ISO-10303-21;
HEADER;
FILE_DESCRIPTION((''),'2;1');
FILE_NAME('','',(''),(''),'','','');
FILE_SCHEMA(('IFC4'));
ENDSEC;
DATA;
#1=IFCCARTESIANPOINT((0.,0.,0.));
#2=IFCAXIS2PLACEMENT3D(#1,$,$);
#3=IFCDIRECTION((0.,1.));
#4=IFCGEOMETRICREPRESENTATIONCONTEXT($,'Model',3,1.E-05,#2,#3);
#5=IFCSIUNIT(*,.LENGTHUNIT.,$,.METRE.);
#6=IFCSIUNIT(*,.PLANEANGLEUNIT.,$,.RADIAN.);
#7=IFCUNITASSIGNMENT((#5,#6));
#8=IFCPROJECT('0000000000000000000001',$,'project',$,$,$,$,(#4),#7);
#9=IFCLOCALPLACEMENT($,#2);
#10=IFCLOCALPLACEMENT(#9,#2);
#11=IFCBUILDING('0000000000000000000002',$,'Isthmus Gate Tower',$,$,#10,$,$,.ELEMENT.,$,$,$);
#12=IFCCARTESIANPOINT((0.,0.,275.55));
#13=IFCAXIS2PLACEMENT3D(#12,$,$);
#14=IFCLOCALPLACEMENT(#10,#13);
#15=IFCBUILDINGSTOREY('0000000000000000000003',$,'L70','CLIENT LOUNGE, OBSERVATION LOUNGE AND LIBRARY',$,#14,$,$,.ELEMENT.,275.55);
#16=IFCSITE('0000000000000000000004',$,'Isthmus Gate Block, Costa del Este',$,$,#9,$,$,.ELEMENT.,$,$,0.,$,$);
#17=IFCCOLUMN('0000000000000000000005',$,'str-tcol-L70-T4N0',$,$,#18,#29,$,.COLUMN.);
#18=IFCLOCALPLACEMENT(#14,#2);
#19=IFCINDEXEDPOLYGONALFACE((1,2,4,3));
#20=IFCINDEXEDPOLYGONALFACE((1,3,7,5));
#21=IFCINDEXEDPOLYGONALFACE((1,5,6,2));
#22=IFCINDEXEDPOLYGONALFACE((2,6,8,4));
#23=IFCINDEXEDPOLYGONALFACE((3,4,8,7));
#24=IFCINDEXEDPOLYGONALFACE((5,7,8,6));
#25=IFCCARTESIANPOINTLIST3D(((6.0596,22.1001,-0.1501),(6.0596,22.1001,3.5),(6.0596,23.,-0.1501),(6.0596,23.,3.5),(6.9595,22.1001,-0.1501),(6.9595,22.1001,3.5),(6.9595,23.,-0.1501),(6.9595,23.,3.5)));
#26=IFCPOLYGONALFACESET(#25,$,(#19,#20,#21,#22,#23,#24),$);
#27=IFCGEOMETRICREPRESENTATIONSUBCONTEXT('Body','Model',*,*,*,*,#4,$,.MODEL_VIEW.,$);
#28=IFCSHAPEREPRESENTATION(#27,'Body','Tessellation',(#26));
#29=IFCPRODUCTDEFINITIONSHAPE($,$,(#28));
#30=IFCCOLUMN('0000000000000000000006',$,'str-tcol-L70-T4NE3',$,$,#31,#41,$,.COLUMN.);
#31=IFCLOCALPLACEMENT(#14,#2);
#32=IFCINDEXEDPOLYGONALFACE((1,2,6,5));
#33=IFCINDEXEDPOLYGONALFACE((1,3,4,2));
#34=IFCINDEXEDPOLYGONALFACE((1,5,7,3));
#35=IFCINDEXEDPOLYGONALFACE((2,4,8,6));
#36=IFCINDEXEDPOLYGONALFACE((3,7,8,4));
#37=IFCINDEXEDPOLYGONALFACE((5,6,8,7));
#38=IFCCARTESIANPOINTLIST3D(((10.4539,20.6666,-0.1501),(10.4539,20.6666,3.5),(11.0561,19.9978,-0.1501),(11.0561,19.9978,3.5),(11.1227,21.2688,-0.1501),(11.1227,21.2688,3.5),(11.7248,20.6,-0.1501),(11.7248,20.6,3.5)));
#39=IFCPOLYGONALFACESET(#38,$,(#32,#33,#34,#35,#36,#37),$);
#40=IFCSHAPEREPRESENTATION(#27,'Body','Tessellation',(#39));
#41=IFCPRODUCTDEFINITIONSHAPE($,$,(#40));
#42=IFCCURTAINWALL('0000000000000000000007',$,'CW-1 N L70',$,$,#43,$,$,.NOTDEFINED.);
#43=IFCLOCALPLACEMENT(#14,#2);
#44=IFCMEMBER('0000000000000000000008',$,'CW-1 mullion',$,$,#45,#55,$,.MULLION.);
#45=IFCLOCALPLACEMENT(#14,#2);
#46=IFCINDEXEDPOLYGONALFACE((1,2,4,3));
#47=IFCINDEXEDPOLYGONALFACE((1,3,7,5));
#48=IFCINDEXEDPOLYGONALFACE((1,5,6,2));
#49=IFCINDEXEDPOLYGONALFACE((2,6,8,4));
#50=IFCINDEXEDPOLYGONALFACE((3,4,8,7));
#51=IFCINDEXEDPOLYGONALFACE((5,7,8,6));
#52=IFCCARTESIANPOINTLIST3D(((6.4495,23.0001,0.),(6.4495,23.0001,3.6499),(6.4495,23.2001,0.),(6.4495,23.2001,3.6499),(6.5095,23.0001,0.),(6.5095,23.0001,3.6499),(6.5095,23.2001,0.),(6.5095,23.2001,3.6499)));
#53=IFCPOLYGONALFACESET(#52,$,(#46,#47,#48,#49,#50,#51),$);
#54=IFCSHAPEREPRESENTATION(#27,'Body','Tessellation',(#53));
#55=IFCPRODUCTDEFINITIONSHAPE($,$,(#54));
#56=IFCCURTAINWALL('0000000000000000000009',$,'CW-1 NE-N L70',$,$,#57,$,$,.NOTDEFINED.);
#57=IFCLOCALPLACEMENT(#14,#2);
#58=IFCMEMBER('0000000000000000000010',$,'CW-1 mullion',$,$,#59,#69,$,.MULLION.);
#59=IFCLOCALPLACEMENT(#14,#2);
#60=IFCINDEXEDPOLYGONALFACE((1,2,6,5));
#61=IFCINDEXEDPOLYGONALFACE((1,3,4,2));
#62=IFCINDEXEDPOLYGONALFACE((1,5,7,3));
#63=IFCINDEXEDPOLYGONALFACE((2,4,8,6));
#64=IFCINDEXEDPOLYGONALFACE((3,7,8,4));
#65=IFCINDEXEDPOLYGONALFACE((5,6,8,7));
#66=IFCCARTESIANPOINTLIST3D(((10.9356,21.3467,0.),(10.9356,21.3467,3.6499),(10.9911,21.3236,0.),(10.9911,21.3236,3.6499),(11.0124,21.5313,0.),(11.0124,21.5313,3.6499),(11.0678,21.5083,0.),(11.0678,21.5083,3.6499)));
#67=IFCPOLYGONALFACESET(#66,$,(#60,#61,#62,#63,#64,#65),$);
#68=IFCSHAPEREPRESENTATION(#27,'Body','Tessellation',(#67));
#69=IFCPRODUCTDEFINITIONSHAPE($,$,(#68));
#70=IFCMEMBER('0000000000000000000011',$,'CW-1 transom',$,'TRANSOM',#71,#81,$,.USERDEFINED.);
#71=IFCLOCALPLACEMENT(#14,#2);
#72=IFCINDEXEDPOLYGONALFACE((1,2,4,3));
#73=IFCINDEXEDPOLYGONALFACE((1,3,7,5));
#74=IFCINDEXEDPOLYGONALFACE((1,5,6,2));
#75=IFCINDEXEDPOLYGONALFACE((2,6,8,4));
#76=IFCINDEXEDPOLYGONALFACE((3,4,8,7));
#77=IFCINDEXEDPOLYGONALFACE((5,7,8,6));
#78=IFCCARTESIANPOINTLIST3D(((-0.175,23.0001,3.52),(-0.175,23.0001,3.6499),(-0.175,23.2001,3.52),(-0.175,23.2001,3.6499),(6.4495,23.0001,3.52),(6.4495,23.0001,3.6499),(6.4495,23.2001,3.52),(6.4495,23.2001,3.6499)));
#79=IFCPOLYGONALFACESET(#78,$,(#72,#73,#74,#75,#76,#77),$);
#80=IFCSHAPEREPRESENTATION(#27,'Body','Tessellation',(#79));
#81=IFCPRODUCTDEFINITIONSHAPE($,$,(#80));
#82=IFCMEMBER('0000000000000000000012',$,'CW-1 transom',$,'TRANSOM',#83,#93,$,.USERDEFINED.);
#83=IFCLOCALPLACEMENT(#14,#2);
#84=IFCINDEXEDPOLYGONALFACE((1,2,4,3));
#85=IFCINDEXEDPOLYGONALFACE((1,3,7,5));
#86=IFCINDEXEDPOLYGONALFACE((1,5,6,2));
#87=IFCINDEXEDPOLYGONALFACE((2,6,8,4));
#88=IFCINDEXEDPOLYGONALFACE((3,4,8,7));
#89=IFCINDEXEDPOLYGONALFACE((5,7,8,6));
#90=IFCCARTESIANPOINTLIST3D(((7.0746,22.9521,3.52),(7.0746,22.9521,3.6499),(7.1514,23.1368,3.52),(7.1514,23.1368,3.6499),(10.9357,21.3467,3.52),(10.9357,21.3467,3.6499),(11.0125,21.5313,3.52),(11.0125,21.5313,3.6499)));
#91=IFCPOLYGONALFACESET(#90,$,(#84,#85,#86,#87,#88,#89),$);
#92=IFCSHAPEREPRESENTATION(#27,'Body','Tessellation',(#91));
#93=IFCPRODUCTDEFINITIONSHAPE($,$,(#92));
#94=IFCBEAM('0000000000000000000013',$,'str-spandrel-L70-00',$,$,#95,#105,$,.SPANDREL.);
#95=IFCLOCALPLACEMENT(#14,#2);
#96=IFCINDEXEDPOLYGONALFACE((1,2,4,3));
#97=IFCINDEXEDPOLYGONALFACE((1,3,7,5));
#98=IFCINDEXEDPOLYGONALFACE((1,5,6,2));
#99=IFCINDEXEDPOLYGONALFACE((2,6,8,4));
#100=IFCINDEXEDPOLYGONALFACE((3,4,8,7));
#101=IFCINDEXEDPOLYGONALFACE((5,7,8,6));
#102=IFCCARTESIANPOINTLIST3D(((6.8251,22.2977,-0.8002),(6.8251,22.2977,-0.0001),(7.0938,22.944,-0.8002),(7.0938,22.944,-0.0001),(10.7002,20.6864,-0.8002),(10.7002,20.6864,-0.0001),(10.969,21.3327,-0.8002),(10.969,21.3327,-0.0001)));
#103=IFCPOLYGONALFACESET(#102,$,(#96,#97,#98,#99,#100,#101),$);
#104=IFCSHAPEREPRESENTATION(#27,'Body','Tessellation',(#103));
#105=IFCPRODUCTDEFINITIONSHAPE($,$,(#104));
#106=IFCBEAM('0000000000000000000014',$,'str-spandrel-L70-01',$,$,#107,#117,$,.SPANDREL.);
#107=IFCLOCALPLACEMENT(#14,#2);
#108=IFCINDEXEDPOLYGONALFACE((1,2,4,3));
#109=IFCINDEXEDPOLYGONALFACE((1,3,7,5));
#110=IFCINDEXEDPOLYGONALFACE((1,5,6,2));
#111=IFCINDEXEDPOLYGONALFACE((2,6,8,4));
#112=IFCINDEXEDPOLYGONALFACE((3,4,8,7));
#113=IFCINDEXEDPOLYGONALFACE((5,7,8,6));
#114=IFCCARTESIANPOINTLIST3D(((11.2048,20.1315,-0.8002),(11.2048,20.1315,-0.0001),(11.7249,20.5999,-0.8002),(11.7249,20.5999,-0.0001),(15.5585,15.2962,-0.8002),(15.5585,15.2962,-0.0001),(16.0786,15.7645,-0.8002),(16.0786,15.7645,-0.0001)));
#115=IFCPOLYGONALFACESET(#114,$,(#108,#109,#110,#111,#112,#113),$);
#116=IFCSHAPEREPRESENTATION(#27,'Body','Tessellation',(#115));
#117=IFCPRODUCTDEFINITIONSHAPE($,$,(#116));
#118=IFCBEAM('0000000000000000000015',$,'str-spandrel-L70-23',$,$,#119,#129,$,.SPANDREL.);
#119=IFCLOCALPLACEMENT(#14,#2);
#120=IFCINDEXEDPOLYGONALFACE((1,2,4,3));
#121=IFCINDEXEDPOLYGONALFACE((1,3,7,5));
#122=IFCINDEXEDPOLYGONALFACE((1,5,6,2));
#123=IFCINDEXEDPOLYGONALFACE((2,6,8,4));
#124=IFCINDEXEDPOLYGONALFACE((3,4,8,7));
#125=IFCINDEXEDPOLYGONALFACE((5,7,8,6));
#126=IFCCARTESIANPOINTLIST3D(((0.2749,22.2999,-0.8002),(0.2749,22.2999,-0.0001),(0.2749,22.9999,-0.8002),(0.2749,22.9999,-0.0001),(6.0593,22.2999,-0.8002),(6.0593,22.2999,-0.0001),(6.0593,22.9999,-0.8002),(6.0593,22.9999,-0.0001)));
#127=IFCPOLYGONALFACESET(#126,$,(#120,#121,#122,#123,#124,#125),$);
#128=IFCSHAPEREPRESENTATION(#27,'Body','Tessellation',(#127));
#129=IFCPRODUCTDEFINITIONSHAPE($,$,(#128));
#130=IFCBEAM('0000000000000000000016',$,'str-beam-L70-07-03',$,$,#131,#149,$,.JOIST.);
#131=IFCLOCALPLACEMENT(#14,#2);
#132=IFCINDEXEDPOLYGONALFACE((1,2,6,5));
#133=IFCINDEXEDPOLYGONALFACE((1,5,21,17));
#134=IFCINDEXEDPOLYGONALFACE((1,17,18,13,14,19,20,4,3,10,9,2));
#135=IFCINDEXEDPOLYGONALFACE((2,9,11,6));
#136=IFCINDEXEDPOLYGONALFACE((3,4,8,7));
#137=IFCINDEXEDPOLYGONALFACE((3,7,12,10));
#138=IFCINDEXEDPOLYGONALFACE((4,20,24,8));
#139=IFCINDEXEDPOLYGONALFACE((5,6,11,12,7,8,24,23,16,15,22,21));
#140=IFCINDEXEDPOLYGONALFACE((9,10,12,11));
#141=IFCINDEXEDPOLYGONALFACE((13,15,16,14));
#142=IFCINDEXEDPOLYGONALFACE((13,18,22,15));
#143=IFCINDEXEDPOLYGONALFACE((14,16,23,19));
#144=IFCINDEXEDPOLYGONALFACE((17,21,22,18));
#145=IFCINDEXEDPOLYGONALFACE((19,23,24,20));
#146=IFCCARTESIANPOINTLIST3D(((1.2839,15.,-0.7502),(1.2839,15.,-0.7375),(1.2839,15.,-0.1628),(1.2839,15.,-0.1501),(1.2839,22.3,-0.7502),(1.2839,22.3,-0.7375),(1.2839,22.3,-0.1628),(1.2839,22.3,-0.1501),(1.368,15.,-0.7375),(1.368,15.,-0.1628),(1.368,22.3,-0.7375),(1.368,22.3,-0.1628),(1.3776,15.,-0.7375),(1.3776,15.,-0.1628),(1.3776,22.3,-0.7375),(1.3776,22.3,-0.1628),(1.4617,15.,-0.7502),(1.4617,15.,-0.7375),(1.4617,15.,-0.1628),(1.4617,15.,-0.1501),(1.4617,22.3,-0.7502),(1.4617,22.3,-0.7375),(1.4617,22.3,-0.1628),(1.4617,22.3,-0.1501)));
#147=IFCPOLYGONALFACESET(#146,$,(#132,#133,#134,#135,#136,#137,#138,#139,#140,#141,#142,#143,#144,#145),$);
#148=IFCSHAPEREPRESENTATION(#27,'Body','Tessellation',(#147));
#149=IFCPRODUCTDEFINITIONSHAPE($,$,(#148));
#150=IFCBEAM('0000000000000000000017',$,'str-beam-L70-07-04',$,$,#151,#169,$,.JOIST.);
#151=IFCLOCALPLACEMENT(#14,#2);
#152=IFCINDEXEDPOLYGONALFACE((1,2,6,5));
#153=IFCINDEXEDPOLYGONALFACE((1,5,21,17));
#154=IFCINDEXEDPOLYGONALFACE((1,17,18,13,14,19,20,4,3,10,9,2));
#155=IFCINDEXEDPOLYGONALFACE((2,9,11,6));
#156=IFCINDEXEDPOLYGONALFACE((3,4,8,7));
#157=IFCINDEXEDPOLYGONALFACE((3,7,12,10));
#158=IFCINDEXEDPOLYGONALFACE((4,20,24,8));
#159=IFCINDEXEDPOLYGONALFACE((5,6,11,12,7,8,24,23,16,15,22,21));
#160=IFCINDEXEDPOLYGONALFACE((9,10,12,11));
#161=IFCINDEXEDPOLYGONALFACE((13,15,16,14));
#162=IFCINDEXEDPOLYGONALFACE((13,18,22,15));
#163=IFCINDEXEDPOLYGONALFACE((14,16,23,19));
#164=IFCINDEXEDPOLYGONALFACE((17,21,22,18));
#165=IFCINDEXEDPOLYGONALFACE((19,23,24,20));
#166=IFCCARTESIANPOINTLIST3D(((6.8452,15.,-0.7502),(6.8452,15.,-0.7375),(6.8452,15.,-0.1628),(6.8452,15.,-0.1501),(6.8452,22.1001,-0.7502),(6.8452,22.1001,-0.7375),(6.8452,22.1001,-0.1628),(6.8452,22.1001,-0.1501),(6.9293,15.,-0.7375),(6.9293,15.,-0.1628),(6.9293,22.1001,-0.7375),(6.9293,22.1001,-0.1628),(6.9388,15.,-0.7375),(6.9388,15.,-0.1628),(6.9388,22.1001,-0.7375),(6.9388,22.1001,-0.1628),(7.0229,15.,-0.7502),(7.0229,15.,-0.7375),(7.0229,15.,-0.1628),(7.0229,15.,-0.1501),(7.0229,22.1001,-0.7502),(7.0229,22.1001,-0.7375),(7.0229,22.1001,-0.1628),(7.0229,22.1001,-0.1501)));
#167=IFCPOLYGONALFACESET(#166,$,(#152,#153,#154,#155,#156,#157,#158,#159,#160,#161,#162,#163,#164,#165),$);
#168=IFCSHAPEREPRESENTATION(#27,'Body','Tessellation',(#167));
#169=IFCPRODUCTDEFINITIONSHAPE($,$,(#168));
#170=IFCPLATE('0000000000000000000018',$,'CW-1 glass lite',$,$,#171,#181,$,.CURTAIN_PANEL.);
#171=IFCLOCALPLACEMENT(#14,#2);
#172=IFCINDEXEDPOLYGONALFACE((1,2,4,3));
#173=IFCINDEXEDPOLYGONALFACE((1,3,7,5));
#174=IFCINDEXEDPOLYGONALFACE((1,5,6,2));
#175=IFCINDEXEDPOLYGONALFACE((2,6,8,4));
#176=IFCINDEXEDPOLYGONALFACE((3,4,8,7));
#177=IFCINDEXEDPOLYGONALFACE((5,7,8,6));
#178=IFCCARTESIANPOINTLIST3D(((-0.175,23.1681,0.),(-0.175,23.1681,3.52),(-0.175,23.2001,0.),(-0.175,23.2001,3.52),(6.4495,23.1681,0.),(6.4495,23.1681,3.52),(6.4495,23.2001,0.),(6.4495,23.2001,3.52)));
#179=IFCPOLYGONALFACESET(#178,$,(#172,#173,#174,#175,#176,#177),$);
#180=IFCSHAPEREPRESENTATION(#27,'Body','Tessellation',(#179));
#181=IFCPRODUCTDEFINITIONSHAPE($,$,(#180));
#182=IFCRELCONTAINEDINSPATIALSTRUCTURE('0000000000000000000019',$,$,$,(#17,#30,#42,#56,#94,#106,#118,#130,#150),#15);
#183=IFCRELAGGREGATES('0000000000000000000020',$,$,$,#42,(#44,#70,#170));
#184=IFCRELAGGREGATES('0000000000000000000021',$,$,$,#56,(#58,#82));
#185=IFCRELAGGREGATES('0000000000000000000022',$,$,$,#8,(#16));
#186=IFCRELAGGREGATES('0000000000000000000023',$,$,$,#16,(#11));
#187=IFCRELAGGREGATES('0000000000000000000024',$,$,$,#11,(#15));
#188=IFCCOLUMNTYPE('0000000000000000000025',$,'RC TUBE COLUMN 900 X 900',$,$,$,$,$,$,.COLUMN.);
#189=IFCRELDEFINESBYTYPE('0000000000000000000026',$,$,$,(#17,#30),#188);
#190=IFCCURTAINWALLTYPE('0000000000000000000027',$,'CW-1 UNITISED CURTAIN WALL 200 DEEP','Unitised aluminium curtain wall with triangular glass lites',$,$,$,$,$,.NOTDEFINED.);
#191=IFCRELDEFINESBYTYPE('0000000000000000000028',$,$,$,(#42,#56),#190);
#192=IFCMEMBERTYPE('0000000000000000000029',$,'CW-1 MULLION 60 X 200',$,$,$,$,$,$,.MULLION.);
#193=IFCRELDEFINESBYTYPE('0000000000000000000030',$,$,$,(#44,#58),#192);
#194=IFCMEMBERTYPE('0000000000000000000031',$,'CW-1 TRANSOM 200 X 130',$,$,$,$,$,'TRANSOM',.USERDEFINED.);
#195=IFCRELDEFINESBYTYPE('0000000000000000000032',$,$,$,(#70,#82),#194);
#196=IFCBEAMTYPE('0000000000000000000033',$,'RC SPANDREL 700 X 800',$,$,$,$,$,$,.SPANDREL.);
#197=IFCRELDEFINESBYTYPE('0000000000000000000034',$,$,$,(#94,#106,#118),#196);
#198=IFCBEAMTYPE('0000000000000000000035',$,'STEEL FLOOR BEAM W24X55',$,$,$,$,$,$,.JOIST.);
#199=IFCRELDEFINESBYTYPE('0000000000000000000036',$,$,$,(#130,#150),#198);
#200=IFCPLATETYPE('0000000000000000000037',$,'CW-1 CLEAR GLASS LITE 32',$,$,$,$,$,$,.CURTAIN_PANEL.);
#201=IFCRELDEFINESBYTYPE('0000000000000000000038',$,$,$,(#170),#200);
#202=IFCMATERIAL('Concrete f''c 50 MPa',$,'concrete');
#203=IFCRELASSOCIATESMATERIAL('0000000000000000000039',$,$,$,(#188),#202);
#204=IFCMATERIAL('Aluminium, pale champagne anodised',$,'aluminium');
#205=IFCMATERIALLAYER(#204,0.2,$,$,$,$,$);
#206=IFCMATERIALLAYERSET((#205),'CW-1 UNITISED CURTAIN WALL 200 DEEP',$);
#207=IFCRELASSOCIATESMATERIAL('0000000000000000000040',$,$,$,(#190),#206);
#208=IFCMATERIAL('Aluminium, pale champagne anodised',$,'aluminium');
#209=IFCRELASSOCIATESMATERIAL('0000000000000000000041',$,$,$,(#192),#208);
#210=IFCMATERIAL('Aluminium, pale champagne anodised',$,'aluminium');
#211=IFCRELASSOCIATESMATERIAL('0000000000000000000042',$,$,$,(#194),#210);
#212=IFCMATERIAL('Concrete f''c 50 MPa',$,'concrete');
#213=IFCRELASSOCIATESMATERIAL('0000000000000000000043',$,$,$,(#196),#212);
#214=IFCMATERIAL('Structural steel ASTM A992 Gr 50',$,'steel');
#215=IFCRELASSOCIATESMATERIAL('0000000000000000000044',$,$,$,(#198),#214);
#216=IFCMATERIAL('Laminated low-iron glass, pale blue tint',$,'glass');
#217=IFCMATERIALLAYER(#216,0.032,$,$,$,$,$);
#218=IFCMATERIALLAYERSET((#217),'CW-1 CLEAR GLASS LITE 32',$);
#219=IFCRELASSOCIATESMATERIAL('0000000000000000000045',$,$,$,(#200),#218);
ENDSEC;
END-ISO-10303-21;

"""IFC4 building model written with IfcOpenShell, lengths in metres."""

from ifc_helpers import new_model, si_unit, direction, frame, origin, origin_2d, place, context, subcontext, project, spatial, rectangle, i_section, extrude, material, layer, layer_set, material_profile, profile_set, type_object, element, aggregate, save


model = new_model("IFC4")

# Units and contexts
model_context = context("Model", 3, precision=1e-05, world=origin(), true_north=direction((0.0, 1.0)))
body_context = subcontext(model_context, "Body", "Model", "MODEL_VIEW")
ifc_project = project(units=[si_unit("LENGTHUNIT", "METRE"), si_unit("PLANEANGLEUNIT", "RADIAN")], contexts=[model_context])

# Site, building, storey
site_placement = place(None, origin())
site = spatial("IfcSite", under=ifc_project, at=site_placement, Name="Isthmus Gate Block, Costa del Este", CompositionType="ELEMENT", RefElevation=0.0)
building_placement = place(site_placement, origin())
building = spatial("IfcBuilding", under=site, at=building_placement, Name="Isthmus Gate Tower", CompositionType="ELEMENT")
storey_placement = place(building_placement, frame((0.0, 0.0, 275.55)))
storey = spatial("IfcBuildingStorey", under=building, at=storey_placement, Name="L70", Description="CLIENT LOUNGE, OBSERVATION LOUNGE AND LIBRARY", CompositionType="ELEMENT", Elevation=275.55)

# Columns
ifc_material_1 = material(Name="Concrete f'c 50 MPa", Category="concrete")
ifc_material_profile_1 = material_profile(ifc_material_1, rectangle(XDim=0.8999, YDim=0.8999, at=origin_2d()), Name="RC 900X900")
ifc_profile_set_1 = profile_set([ifc_material_profile_1], Name="Concrete f'c 50 MPa")
column_type = type_object("IfcColumnType", Name="RC TUBE COLUMN 900 X 900", PredefinedType="COLUMN", material=ifc_profile_set_1)
for number, where, z_axis, x_axis, name in (
    (1, (6.5095, 22.55, -0.1501), (0.0, 0.0, 1.0), (-1.0, 0.0, 0.0), "str-tcol-L70-T4N0"),
    (2, (11.0894, 20.6333, -0.1501), (0.0, 0.0, 1.0), (-0.669131, 0.743145, 0.0), "str-tcol-L70-T4NE3"),
):
    element("IfcColumn", number, at=place(storey_placement, frame(where, z_axis=z_axis, x_axis=x_axis)), inside=storey, type_object=column_type, Name=name, PredefinedType="COLUMN", context=body_context, shape_type="SweptSolid", body=[
        extrude(rectangle(XDim=0.8999, YDim=0.8999, at=origin_2d()), origin(), (0.0, 0.0, 1.0), 3.6501),
    ])

# Curtain walls, members
ifc_material_2 = material(Name="Aluminium, pale champagne anodised", Category="aluminium")
ifc_layer_1 = layer(ifc_material_2, 0.2)
ifc_layer_set_1 = layer_set([ifc_layer_1], Name="CW-1 UNITISED CURTAIN WALL 200 DEEP")
curtain_wall_type = type_object("IfcCurtainWallType", Name="CW-1 UNITISED CURTAIN WALL 200 DEEP", Description="Unitised aluminium curtain wall with triangular glass lites", PredefinedType="NOTDEFINED", material=ifc_layer_set_1)
curtain_wall_1_placement = place(storey_placement, origin())
curtain_wall_1 = element("IfcCurtainWall", 3, at=curtain_wall_1_placement, inside=storey, type_object=curtain_wall_type, Name="CW-1 N L70", PredefinedType="NOTDEFINED")
ifc_material_3 = material(Name="Aluminium, pale champagne anodised", Category="aluminium")
ifc_material_profile_2 = material_profile(ifc_material_3, rectangle(XDim=0.0601, YDim=0.2, at=origin_2d()), Name="60x200")
ifc_profile_set_2 = profile_set([ifc_material_profile_2], Name="Aluminium, pale champagne anodised")
member_type_1 = type_object("IfcMemberType", Name="CW-1 MULLION 60 X 200", PredefinedType="MULLION", material=ifc_profile_set_2)
member_1_placement = place(storey_placement, frame((6.4795, 23.1001, 0.0), z_axis=(0.0, 0.0, 1.0), x_axis=(-1.0, 0.0, 0.0)))
member_1 = element("IfcMember", 4, at=member_1_placement, type_object=member_type_1, Name="CW-1 mullion", PredefinedType="MULLION", context=body_context, shape_type="SweptSolid", body=[
    extrude(rectangle(XDim=0.0601, YDim=0.2, at=origin_2d()), origin(), (0.0, 0.0, 1.0), 3.6499),
])
curtain_wall_2_placement = place(storey_placement, origin())
curtain_wall_2 = element("IfcCurtainWall", 5, at=curtain_wall_2_placement, inside=storey, type_object=curtain_wall_type, Name="CW-1 NE-N L70", PredefinedType="NOTDEFINED")
member_2_placement = place(storey_placement, frame((11.0017, 21.4275, 0.0), z_axis=(0.0, 0.0, 1.0), x_axis=(-0.923353, 0.383952, 0.0)))
member_2 = element("IfcMember", 6, at=member_2_placement, type_object=member_type_1, Name="CW-1 mullion", PredefinedType="MULLION", context=body_context, shape_type="SweptSolid", body=[
    extrude(rectangle(XDim=0.0601, YDim=0.2, at=origin_2d()), origin(), (0.0, 0.0, 1.0), 3.6499),
])

# Members
ifc_material_4 = material(Name="Aluminium, pale champagne anodised", Category="aluminium")
ifc_material_profile_3 = material_profile(ifc_material_4, rectangle(XDim=0.2, YDim=0.1299, at=origin_2d()), Name="200x130")
ifc_profile_set_3 = profile_set([ifc_material_profile_3], Name="Aluminium, pale champagne anodised")
member_type_2 = type_object("IfcMemberType", Name="CW-1 TRANSOM 200 X 130", ElementType="TRANSOM", PredefinedType="USERDEFINED", material=ifc_profile_set_3)
member_3_placement = place(storey_placement, frame((6.4495, 23.1001, 3.585), z_axis=(-1.0, 0.0, 0.0), x_axis=(0.0, -1.0, 0.0)))
member_3 = element("IfcMember", 7, at=member_3_placement, type_object=member_type_2, Name="CW-1 transom", ObjectType="TRANSOM", PredefinedType="USERDEFINED", context=body_context, shape_type="SweptSolid", body=[
    extrude(rectangle(XDim=0.2, YDim=0.1299, at=origin_2d()), origin(), (0.0, 0.0, 1.0), 6.6245),
])
member_4_placement = place(storey_placement, frame((10.9741, 21.439, 3.585), z_axis=(-0.923358, 0.38394, 0.0), x_axis=(-0.38394, -0.923358, 0.0)))
member_4 = element("IfcMember", 8, at=member_4_placement, type_object=member_type_2, Name="CW-1 transom", ObjectType="TRANSOM", PredefinedType="USERDEFINED", context=body_context, shape_type="SweptSolid", body=[
    extrude(rectangle(XDim=0.2, YDim=0.1299, at=origin_2d()), origin(), (0.0, 0.0, 1.0), 4.1816),
])

# Beams
ifc_material_5 = material(Name="Concrete f'c 50 MPa", Category="concrete")
ifc_material_profile_4 = material_profile(ifc_material_5, rectangle(XDim=0.7, YDim=0.8, at=origin_2d()), Name="RC 700X800")
ifc_profile_set_4 = profile_set([ifc_material_profile_4], Name="Concrete f'c 50 MPa")
beam_type_1 = type_object("IfcBeamType", Name="RC SPANDREL 700 X 800", PredefinedType="SPANDREL", material=ifc_profile_set_4)
beam_1_placement = place(storey_placement, frame((6.9595, 22.6208, -0.4001), z_axis=(0.923361, -0.383934, 0.0), x_axis=(0.383934, 0.923361, 0.0)))
element("IfcBeam", 9, at=beam_1_placement, inside=storey, type_object=beam_type_1, Name="str-spandrel-L70-00", PredefinedType="SPANDREL", context=body_context, shape_type="SweptSolid", body=[
    extrude(rectangle(XDim=0.7, YDim=0.8, at=origin_2d()), origin(), (0.0, 0.0, 1.0), 4.1968),
])
beam_2_placement = place(storey_placement, frame((11.4648, 20.3657, -0.4001), z_axis=(0.669122, -0.743152, 0.0), x_axis=(0.743152, 0.669122, 0.0)))
element("IfcBeam", 10, at=beam_2_placement, inside=storey, type_object=beam_type_1, Name="str-spandrel-L70-01", PredefinedType="SPANDREL", context=body_context, shape_type="SweptSolid", body=[
    extrude(rectangle(XDim=0.7, YDim=0.8, at=origin_2d()), origin(), (0.0, 0.0, 1.0), 6.5066),
])
beam_3_placement = place(storey_placement, frame((0.2749, 22.6499, -0.4001), z_axis=(1.0, 0.0, 0.0), x_axis=(0.0, 1.0, 0.0)))
element("IfcBeam", 11, at=beam_3_placement, inside=storey, type_object=beam_type_1, Name="str-spandrel-L70-23", PredefinedType="SPANDREL", context=body_context, shape_type="SweptSolid", body=[
    extrude(rectangle(XDim=0.7, YDim=0.8, at=origin_2d()), origin(), (0.0, 0.0, 1.0), 5.7844),
])
ifc_material_6 = material(Name="Structural steel ASTM A992 Gr 50", Category="steel")
ifc_material_profile_5 = material_profile(ifc_material_6, i_section(OverallWidth=0.1777, OverallDepth=0.6001, WebThickness=0.0095, FlangeThickness=0.0127, at=origin_2d()), Name="W24X55")
ifc_profile_set_5 = profile_set([ifc_material_profile_5], Name="Structural steel ASTM A992 Gr 50")
beam_type_2 = type_object("IfcBeamType", Name="STEEL FLOOR BEAM W24X55", PredefinedType="JOIST", material=ifc_profile_set_5)
beam_4_placement = place(storey_placement, frame((1.3728, 15.0, -0.4502), z_axis=(0.0, 1.0, 0.0), x_axis=(-1.0, 0.0, 0.0)))
element("IfcBeam", 12, at=beam_4_placement, inside=storey, type_object=beam_type_2, Name="str-beam-L70-07-03", PredefinedType="JOIST", context=body_context, shape_type="SweptSolid", body=[
    extrude(i_section(OverallWidth=0.1777, OverallDepth=0.6001, WebThickness=0.0095, FlangeThickness=0.0127, at=origin_2d()), origin(), (0.0, 0.0, 1.0), 7.3),
])
beam_5_placement = place(storey_placement, frame((6.9341, 15.0, -0.4502), z_axis=(0.0, 1.0, 0.0), x_axis=(-1.0, 0.0, 0.0)))
element("IfcBeam", 13, at=beam_5_placement, inside=storey, type_object=beam_type_2, Name="str-beam-L70-07-04", PredefinedType="JOIST", context=body_context, shape_type="SweptSolid", body=[
    extrude(i_section(OverallWidth=0.1777, OverallDepth=0.6001, WebThickness=0.0095, FlangeThickness=0.0127, at=origin_2d()), origin(), (0.0, 0.0, 1.0), 7.1001),
])

# Plate
ifc_material_7 = material(Name="Laminated low-iron glass, pale blue tint", Category="glass")
ifc_layer_2 = layer(ifc_material_7, 0.032)
ifc_layer_set_2 = layer_set([ifc_layer_2], Name="CW-1 CLEAR GLASS LITE 32")
plate_type = type_object("IfcPlateType", Name="CW-1 CLEAR GLASS LITE 32", PredefinedType="CURTAIN_PANEL", material=ifc_layer_set_2)
plate_1_placement = place(storey_placement, frame((3.1372, 23.1841, 0.0), z_axis=(0.0, 0.0, 1.0), x_axis=(-1.0, 0.0, 0.0)))
plate_1 = element("IfcPlate", 14, at=plate_1_placement, type_object=plate_type, Name="CW-1 glass lite", PredefinedType="CURTAIN_PANEL", context=body_context, shape_type="SweptSolid", body=[
    extrude(rectangle(XDim=6.6245, YDim=0.032, at=origin_2d()), origin(), (0.0, 0.0, 1.0), 3.52),
])
aggregate(curtain_wall_1, [member_1, member_3, plate_1])
aggregate(curtain_wall_2, [member_2, member_4])

save(model, "model.ifc")
